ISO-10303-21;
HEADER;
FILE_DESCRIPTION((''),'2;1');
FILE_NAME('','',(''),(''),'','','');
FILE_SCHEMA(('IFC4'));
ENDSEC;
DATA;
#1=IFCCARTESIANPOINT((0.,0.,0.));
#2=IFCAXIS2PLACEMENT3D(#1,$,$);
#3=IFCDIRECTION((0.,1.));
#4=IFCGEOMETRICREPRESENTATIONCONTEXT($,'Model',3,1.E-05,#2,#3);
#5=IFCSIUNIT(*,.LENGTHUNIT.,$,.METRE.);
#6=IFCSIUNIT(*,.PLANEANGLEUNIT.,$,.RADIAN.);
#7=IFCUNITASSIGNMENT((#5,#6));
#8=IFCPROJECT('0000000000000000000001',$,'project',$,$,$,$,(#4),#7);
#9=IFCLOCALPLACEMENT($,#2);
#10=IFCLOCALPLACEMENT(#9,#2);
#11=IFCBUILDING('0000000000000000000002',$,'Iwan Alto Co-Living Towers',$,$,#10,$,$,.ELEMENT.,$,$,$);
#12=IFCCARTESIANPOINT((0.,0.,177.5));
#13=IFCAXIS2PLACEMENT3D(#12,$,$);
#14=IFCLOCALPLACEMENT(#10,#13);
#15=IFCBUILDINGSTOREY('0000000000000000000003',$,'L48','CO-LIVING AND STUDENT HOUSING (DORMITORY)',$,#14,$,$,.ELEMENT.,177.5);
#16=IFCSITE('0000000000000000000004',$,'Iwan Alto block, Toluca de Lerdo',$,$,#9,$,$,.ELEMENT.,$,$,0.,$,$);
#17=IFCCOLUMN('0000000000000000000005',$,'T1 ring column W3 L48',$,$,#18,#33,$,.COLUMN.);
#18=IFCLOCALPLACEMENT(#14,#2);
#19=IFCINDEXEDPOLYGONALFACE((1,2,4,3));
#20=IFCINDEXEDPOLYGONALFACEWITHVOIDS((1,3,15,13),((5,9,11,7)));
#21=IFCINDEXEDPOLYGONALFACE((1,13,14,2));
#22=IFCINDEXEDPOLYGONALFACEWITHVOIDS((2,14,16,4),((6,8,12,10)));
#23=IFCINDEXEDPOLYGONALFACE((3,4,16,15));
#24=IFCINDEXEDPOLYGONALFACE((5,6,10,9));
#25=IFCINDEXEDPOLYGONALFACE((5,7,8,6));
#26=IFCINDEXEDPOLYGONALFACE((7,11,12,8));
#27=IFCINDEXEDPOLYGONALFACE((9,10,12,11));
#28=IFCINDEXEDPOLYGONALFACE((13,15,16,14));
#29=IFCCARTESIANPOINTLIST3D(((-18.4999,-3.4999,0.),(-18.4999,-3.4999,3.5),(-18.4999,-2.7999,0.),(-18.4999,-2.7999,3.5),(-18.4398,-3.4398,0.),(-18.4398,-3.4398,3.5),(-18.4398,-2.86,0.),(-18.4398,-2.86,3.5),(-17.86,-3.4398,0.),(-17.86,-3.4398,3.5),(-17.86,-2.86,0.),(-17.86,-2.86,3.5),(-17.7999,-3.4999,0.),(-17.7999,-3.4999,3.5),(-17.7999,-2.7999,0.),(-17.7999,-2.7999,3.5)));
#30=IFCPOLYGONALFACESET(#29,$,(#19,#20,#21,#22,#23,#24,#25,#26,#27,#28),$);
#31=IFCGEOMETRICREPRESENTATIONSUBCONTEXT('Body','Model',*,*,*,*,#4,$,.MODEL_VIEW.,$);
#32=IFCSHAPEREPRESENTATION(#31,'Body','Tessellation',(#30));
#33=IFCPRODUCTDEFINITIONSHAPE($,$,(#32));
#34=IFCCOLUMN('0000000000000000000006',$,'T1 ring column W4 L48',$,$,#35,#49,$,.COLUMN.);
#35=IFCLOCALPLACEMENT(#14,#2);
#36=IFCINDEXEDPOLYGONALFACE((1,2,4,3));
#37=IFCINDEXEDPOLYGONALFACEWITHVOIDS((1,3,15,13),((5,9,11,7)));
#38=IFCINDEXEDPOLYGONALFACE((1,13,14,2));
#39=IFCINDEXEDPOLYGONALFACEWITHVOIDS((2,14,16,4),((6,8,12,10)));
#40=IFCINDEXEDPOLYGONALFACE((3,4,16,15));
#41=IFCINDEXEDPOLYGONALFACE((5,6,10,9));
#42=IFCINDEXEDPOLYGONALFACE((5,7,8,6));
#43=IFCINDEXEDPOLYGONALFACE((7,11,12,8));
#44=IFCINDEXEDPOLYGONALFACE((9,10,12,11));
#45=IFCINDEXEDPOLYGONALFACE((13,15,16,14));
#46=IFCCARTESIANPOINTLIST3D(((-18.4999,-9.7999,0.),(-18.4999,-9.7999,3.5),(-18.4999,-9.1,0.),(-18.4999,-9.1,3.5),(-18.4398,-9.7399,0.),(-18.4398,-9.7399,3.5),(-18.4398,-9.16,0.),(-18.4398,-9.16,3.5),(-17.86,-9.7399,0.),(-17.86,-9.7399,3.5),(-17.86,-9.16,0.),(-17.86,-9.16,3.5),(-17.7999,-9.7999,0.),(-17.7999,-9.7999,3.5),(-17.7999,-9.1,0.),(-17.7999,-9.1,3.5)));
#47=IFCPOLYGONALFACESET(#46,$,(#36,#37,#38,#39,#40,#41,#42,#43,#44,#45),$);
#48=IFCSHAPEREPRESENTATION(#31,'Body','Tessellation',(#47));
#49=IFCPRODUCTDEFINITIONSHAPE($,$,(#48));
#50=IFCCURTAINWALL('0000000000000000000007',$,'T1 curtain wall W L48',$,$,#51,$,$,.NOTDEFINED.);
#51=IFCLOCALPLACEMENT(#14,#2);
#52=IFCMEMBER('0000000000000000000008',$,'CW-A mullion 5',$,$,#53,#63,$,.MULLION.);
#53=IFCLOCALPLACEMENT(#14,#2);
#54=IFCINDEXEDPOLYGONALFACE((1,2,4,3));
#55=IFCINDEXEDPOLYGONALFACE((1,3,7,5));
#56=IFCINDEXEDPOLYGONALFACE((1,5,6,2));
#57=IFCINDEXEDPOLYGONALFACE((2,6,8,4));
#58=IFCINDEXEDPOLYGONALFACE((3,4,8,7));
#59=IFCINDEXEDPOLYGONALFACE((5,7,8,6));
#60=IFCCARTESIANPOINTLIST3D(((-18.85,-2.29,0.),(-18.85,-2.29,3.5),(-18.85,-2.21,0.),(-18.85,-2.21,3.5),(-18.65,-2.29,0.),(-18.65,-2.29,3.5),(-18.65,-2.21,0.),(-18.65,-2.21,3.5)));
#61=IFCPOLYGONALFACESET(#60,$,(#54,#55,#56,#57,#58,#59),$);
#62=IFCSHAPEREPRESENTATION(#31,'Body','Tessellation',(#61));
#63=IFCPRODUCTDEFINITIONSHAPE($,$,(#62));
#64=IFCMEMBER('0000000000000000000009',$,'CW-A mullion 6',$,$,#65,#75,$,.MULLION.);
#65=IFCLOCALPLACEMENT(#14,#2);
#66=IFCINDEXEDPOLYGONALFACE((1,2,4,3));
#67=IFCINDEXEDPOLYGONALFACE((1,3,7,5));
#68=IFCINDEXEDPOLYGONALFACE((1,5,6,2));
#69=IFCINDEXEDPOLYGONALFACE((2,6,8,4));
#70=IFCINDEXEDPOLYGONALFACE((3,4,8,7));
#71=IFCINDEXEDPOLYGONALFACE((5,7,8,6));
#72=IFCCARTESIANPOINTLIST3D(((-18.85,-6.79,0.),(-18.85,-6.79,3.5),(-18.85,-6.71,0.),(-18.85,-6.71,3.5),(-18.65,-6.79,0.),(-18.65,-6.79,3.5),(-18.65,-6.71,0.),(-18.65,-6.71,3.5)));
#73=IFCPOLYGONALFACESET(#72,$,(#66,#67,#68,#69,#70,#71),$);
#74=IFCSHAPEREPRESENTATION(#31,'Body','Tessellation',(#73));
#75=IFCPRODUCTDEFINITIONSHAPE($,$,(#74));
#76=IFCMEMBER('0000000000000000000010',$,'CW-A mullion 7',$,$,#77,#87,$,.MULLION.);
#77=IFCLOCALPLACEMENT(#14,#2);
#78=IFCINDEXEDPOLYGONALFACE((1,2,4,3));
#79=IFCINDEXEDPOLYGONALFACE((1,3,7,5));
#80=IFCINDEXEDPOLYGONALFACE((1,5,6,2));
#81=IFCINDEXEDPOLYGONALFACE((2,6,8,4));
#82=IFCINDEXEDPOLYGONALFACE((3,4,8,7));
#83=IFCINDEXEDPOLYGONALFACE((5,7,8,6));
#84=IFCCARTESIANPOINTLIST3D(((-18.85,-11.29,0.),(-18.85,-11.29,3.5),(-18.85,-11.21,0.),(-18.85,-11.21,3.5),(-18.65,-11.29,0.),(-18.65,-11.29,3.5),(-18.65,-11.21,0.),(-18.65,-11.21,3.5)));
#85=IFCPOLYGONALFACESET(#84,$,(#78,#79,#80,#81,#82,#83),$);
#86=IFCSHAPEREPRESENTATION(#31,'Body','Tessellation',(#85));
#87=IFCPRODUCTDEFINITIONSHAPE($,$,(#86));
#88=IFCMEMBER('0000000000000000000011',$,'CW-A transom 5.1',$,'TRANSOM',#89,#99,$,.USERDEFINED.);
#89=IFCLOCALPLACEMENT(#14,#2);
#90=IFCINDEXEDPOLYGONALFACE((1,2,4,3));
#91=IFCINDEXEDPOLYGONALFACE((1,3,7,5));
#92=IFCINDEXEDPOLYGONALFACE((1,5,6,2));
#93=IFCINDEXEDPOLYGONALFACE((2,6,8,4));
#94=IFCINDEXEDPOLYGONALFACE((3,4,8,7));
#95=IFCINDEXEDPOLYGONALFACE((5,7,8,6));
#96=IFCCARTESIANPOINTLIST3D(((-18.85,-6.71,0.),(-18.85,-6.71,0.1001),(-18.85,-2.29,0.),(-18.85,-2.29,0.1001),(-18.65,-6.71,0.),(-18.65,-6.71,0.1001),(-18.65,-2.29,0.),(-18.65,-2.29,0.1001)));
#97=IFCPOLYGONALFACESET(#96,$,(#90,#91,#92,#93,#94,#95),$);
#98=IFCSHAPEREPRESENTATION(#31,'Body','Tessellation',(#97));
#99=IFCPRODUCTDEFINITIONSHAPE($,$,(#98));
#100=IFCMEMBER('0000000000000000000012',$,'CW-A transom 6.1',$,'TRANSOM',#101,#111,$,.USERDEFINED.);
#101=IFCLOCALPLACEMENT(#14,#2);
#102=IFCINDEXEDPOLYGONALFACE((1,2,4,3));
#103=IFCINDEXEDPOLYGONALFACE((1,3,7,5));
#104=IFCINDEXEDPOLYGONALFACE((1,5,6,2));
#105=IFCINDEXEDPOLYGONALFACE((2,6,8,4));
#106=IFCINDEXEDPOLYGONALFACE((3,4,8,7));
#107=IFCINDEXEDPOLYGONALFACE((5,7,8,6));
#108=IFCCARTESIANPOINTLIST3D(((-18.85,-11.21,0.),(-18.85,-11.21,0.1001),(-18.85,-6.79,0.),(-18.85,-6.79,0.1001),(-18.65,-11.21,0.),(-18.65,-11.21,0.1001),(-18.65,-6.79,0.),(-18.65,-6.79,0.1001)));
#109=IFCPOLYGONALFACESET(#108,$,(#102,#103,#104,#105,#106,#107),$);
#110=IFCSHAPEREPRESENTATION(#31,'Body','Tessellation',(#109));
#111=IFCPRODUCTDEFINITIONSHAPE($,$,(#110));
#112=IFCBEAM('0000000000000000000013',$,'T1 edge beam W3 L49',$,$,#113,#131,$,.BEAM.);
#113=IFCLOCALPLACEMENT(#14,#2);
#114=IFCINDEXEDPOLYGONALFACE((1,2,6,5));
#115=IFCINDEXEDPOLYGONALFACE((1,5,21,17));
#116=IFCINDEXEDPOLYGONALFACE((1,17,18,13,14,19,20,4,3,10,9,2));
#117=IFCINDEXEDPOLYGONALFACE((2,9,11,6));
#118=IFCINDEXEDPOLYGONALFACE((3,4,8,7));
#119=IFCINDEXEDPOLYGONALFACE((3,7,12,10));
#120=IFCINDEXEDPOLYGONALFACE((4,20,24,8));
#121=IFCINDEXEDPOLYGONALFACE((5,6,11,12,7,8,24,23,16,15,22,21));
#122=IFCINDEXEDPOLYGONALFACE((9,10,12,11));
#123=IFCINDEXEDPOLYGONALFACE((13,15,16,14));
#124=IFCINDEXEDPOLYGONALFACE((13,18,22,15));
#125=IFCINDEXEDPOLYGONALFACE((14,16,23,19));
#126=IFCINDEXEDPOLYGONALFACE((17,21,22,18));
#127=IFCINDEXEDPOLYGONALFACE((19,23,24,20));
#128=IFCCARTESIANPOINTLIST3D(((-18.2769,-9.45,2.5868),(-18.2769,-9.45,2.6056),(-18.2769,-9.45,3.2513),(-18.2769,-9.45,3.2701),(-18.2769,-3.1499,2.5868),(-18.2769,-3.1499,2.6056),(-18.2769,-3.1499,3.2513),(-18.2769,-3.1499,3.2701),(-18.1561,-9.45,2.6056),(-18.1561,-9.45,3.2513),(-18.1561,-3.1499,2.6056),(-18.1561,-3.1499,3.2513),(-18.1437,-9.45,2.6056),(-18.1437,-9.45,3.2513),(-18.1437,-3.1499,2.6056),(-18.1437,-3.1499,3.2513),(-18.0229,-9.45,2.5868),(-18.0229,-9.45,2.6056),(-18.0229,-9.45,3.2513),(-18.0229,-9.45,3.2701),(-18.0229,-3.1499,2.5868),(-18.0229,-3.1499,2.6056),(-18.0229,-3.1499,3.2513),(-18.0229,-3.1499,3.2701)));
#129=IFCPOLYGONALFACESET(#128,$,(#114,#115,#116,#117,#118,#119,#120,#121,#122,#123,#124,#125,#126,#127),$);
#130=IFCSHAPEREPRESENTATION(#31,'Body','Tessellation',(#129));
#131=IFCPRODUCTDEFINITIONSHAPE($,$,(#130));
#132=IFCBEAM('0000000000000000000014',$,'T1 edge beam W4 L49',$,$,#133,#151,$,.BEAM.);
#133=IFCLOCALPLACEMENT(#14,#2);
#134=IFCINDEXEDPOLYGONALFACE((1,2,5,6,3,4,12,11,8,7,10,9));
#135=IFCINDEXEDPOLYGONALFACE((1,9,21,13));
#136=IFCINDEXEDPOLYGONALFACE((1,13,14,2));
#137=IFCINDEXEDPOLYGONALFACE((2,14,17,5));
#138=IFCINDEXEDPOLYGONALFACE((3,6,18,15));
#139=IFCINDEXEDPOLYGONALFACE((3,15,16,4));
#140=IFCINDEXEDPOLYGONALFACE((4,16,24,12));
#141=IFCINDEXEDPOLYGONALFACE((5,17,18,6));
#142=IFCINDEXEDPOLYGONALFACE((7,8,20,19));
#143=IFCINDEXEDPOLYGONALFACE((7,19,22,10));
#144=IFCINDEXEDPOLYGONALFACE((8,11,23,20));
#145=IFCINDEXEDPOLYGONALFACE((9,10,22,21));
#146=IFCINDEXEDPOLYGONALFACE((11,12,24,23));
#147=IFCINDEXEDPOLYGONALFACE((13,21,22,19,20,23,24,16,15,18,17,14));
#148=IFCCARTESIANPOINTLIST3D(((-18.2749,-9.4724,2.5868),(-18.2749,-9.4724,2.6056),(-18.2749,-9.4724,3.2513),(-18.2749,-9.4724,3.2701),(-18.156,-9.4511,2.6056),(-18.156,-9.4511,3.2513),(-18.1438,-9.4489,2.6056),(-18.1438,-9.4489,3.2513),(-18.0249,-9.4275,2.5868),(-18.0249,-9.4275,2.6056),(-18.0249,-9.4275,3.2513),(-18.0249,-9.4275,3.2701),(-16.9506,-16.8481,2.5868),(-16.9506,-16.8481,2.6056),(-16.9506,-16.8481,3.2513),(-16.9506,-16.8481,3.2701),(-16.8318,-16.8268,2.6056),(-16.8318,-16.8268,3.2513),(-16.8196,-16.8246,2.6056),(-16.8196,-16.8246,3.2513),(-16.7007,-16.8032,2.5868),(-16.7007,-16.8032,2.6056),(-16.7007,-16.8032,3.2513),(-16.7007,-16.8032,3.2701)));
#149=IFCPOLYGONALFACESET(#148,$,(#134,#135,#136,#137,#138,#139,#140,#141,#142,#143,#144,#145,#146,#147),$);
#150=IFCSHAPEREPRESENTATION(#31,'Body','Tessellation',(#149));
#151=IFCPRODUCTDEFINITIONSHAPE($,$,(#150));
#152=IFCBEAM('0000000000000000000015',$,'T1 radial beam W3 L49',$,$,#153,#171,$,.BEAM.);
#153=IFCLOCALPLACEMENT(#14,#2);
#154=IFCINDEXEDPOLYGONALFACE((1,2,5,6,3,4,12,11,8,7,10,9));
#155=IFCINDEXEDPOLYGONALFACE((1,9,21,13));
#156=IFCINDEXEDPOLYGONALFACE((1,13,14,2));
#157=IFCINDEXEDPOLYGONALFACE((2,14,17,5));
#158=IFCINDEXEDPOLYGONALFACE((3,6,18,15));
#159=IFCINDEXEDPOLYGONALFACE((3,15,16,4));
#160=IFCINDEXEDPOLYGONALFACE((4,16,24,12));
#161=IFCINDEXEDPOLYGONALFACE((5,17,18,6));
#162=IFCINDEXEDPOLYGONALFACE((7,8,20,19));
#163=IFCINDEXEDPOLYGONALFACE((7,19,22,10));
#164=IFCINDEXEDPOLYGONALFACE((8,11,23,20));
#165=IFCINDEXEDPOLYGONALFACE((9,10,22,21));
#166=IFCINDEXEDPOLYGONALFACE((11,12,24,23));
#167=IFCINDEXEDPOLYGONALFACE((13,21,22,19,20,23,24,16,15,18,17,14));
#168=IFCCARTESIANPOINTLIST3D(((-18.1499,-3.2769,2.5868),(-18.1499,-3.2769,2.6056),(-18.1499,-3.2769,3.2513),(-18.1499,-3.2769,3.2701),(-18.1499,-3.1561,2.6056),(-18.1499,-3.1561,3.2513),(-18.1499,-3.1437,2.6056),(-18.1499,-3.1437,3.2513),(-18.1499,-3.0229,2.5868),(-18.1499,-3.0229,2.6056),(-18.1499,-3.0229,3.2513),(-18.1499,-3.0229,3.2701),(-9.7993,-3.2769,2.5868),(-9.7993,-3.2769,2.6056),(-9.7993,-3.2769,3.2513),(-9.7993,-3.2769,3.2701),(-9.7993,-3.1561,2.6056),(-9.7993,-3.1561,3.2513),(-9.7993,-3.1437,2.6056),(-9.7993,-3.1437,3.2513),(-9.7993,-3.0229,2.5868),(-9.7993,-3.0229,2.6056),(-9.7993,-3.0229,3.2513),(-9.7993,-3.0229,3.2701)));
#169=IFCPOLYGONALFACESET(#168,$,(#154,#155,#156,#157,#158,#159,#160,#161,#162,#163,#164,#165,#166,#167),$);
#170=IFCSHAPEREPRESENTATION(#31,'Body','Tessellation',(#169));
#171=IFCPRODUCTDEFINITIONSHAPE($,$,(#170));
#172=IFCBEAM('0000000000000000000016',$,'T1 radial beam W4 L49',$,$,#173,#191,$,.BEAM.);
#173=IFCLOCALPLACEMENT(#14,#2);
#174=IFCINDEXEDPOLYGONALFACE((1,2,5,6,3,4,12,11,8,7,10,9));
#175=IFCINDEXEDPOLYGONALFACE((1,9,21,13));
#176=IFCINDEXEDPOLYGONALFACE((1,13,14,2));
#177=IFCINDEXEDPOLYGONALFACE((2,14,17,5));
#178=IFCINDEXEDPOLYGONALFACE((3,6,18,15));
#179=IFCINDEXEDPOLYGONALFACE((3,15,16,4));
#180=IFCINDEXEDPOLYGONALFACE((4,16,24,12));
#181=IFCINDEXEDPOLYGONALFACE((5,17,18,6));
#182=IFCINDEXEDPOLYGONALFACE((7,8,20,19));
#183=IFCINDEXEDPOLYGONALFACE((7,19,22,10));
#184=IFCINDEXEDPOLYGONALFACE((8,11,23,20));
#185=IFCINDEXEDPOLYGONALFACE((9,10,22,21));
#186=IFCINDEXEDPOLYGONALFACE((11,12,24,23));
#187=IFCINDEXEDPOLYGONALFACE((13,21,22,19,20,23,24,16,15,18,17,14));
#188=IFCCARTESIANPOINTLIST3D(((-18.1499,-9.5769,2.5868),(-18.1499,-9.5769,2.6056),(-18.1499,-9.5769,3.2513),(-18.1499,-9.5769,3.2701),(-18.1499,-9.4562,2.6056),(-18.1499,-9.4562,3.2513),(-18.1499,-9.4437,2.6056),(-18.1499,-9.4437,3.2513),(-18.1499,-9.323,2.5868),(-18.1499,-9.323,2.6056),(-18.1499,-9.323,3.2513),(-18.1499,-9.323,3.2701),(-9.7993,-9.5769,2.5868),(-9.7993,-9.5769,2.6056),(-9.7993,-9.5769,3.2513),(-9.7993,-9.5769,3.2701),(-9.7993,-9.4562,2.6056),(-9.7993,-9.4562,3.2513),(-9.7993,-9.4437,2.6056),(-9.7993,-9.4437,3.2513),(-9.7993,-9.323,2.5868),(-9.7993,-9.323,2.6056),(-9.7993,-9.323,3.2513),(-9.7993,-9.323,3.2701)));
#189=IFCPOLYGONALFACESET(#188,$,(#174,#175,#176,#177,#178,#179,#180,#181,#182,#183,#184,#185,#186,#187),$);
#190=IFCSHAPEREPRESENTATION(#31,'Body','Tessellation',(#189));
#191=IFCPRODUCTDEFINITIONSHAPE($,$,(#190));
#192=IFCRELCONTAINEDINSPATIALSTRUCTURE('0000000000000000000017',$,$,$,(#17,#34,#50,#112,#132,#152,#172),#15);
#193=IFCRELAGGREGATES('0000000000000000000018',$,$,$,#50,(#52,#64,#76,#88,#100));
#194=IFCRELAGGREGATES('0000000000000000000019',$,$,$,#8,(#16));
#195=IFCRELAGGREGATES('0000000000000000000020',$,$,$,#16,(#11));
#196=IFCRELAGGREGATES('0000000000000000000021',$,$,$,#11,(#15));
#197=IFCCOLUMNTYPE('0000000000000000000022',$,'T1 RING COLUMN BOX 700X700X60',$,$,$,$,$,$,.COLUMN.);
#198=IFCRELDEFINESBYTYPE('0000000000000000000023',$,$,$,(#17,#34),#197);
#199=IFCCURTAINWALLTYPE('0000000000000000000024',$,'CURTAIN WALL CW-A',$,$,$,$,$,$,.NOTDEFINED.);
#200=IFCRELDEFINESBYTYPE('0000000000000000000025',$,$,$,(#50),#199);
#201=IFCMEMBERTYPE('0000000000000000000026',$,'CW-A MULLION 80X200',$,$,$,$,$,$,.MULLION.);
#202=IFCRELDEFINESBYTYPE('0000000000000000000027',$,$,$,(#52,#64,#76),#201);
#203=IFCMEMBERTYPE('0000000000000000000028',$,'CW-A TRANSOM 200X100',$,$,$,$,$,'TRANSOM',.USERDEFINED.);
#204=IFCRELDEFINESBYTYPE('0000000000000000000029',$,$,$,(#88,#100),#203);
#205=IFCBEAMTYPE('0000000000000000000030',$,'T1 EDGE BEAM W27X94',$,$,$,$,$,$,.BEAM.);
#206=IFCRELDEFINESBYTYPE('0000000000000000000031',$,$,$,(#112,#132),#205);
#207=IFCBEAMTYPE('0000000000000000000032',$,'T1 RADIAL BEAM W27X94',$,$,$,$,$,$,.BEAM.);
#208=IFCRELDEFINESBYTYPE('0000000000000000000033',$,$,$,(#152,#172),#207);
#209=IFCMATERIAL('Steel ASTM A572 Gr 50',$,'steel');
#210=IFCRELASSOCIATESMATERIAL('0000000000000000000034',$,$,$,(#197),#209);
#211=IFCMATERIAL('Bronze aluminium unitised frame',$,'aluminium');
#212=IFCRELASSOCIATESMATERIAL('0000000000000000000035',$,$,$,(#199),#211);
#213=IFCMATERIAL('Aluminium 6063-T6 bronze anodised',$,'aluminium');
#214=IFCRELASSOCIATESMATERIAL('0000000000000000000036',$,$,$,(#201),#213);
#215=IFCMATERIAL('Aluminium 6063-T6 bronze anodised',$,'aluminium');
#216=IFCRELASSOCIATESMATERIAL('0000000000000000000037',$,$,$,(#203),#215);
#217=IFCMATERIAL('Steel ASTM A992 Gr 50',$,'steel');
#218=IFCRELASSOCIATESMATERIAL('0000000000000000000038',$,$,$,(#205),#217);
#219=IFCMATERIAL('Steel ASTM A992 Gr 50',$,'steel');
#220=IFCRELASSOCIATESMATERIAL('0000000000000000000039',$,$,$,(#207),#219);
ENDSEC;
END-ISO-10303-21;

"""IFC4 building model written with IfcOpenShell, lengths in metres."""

from ifc_helpers import new_model, si_unit, direction, frame, origin, origin_2d, place, context, subcontext, project, spatial, rectangle, hollow_rectangle, i_section, extrude, material, material_profile, profile_set, type_object, element, aggregate, save


model = new_model("IFC4")

# Units and contexts
model_context = context("Model", 3, precision=1e-05, world=origin(), true_north=direction((0.0, 1.0)))
body_context = subcontext(model_context, "Body", "Model", "MODEL_VIEW")
ifc_project = project(units=[si_unit("LENGTHUNIT", "METRE"), si_unit("PLANEANGLEUNIT", "RADIAN")], contexts=[model_context])

# Site, building, storey
site_placement = place(None, origin())
site = spatial("IfcSite", under=ifc_project, at=site_placement, Name="Iwan Alto block, Toluca de Lerdo", CompositionType="ELEMENT", RefElevation=0.0)
building_placement = place(site_placement, origin())
building = spatial("IfcBuilding", under=site, at=building_placement, Name="Iwan Alto Co-Living Towers", CompositionType="ELEMENT")
storey_placement = place(building_placement, frame((0.0, 0.0, 177.5)))
storey = spatial("IfcBuildingStorey", under=building, at=storey_placement, Name="L48", Description="CO-LIVING AND STUDENT HOUSING (DORMITORY)", CompositionType="ELEMENT", Elevation=177.5)

# Columns
ifc_material_1 = material(Name="Steel ASTM A572 Gr 50", Category="steel")
ifc_material_profile_1 = material_profile(ifc_material_1, hollow_rectangle(XDim=0.7, YDim=0.7, WallThickness=0.0601, at=origin_2d()), Name="BOX 700X700X60")
ifc_profile_set_1 = profile_set([ifc_material_profile_1], Name="Steel ASTM A572 Gr 50")
column_type = type_object("IfcColumnType", Name="T1 RING COLUMN BOX 700X700X60", PredefinedType="COLUMN", material=ifc_profile_set_1)
for number, where, z_axis, x_axis, name in (
    (1, (-18.1499, -3.1499, 0.0), (0.0, 0.0, 1.0), (1.0, 0.0, 0.0), "T1 ring column W3 L48"),
    (2, (-18.1499, -9.45, 0.0), (0.0, 0.0, 1.0), (1.0, 0.0, 0.0), "T1 ring column W4 L48"),
):
    element("IfcColumn", number, at=place(storey_placement, frame(where, z_axis=z_axis, x_axis=x_axis)), inside=storey, type_object=column_type, Name=name, PredefinedType="COLUMN", context=body_context, shape_type="SweptSolid", body=[
        extrude(hollow_rectangle(XDim=0.7, YDim=0.7, WallThickness=0.0601, at=origin_2d()), origin(), (0.0, 0.0, 1.0), 3.5),
    ])

# Curtain wall, members
ifc_material_2 = material(Name="Bronze aluminium unitised frame", Category="aluminium")
curtain_wall_type = type_object("IfcCurtainWallType", Name="CURTAIN WALL CW-A", PredefinedType="NOTDEFINED", material=ifc_material_2)
curtain_wall_placement = place(storey_placement, origin())
curtain_wall = element("IfcCurtainWall", 3, at=curtain_wall_placement, inside=storey, type_object=curtain_wall_type, Name="T1 curtain wall W L48", PredefinedType="NOTDEFINED")
ifc_material_3 = material(Name="Aluminium 6063-T6 bronze anodised", Category="aluminium")
ifc_material_profile_2 = material_profile(ifc_material_3, rectangle(XDim=0.2, YDim=0.0801, at=origin_2d()), Name="AL 80X200")
ifc_profile_set_2 = profile_set([ifc_material_profile_2], Name="Aluminium 6063-T6 bronze anodised")
member_type_1 = type_object("IfcMemberType", Name="CW-A MULLION 80X200", PredefinedType="MULLION", material=ifc_profile_set_2)
member_1_placement = place(storey_placement, frame((-18.75, -2.25, 0.0), z_axis=(0.0, 0.0, 1.0), x_axis=(1.0, 0.0, 0.0)))
member_1 = element("IfcMember", 4, at=member_1_placement, type_object=member_type_1, Name="CW-A mullion 5", PredefinedType="MULLION", context=body_context, shape_type="SweptSolid", body=[
    extrude(rectangle(XDim=0.2, YDim=0.0801, at=origin_2d()), origin(), (0.0, 0.0, 1.0), 3.5),
])
member_2_placement = place(storey_placement, frame((-18.75, -6.75, 0.0), z_axis=(0.0, 0.0, 1.0), x_axis=(1.0, 0.0, 0.0)))
member_2 = element("IfcMember", 5, at=member_2_placement, type_object=member_type_1, Name="CW-A mullion 6", PredefinedType="MULLION", context=body_context, shape_type="SweptSolid", body=[
    extrude(rectangle(XDim=0.2, YDim=0.0801, at=origin_2d()), origin(), (0.0, 0.0, 1.0), 3.5),
])
member_3_placement = place(storey_placement, frame((-18.75, -11.25, 0.0), z_axis=(0.0, 0.0, 1.0), x_axis=(1.0, 0.0, 0.0)))
member_3 = element("IfcMember", 6, at=member_3_placement, type_object=member_type_1, Name="CW-A mullion 7", PredefinedType="MULLION", context=body_context, shape_type="SweptSolid", body=[
    extrude(rectangle(XDim=0.2, YDim=0.0801, at=origin_2d()), origin(), (0.0, 0.0, 1.0), 3.5),
])
ifc_material_4 = material(Name="Aluminium 6063-T6 bronze anodised", Category="aluminium")
ifc_material_profile_3 = material_profile(ifc_material_4, rectangle(XDim=0.2, YDim=0.1001, at=origin_2d()), Name="AL 200X100")
ifc_profile_set_3 = profile_set([ifc_material_profile_3], Name="Aluminium 6063-T6 bronze anodised")
member_type_2 = type_object("IfcMemberType", Name="CW-A TRANSOM 200X100", ElementType="TRANSOM", PredefinedType="USERDEFINED", material=ifc_profile_set_3)
member_4_placement = place(storey_placement, frame((-18.75, -2.29, 0.05), z_axis=(0.0, -1.0, 0.0), x_axis=(1.0, 0.0, 0.0)))
member_4 = element("IfcMember", 7, at=member_4_placement, type_object=member_type_2, Name="CW-A transom 5.1", ObjectType="TRANSOM", PredefinedType="USERDEFINED", context=body_context, shape_type="SweptSolid", body=[
    extrude(rectangle(XDim=0.2, YDim=0.1001, at=origin_2d()), origin(), (0.0, 0.0, 1.0), 4.4199),
])
member_5_placement = place(storey_placement, frame((-18.75, -6.79, 0.05), z_axis=(0.0, -1.0, 0.0), x_axis=(1.0, 0.0, 0.0)))
member_5 = element("IfcMember", 8, at=member_5_placement, type_object=member_type_2, Name="CW-A transom 6.1", ObjectType="TRANSOM", PredefinedType="USERDEFINED", context=body_context, shape_type="SweptSolid", body=[
    extrude(rectangle(XDim=0.2, YDim=0.1001, at=origin_2d()), origin(), (0.0, 0.0, 1.0), 4.4199),
])

# Beams
ifc_material_5 = material(Name="Steel ASTM A992 Gr 50", Category="steel")
ifc_material_profile_4 = material_profile(ifc_material_5, i_section(OverallWidth=0.2539, OverallDepth=0.6833, WebThickness=0.0125, FlangeThickness=0.0188, at=origin_2d()), Name="W27X94")
ifc_profile_set_4 = profile_set([ifc_material_profile_4], Name="Steel ASTM A992 Gr 50")
beam_type_1 = type_object("IfcBeamType", Name="T1 EDGE BEAM W27X94", PredefinedType="BEAM", material=ifc_profile_set_4)
beam_1_placement = place(storey_placement, frame((-18.1499, -3.1499, 2.9285), z_axis=(0.0, -1.0, 0.0), x_axis=(1.0, 0.0, 0.0)))
element("IfcBeam", 9, at=beam_1_placement, inside=storey, type_object=beam_type_1, Name="T1 edge beam W3 L49", PredefinedType="BEAM", context=body_context, shape_type="SweptSolid", body=[
    extrude(i_section(OverallWidth=0.2539, OverallDepth=0.6833, WebThickness=0.0125, FlangeThickness=0.0188, at=origin_2d()), origin(), (0.0, 0.0, 1.0), 6.3),
])
beam_2_placement = place(storey_placement, frame((-18.1499, -9.45, 2.9285), z_axis=(0.176712, -0.984263, 0.0), x_axis=(0.984263, 0.176712, 0.0)))
element("IfcBeam", 10, at=beam_2_placement, inside=storey, type_object=beam_type_1, Name="T1 edge beam W4 L49", PredefinedType="BEAM", context=body_context, shape_type="SweptSolid", body=[
    extrude(i_section(OverallWidth=0.2539, OverallDepth=0.6833, WebThickness=0.0125, FlangeThickness=0.0188, at=origin_2d()), origin(), (0.0, 0.0, 1.0), 7.4937),
])
ifc_material_6 = material(Name="Steel ASTM A992 Gr 50", Category="steel")
ifc_material_profile_5 = material_profile(ifc_material_6, i_section(OverallWidth=0.2539, OverallDepth=0.6833, WebThickness=0.0125, FlangeThickness=0.0188, at=origin_2d()), Name="W27X94")
ifc_profile_set_5 = profile_set([ifc_material_profile_5], Name="Steel ASTM A992 Gr 50")
beam_type_2 = type_object("IfcBeamType", Name="T1 RADIAL BEAM W27X94", PredefinedType="BEAM", material=ifc_profile_set_5)
for number, where, z_axis, x_axis, name in (
    (11, (-18.1499, -3.1499, 2.9285), (1.0, 0.0, 0.0), (0.0, 1.0, 0.0), "T1 radial beam W3 L49"),
    (12, (-18.1499, -9.45, 2.9285), (1.0, 0.0, 0.0), (0.0, 1.0, 0.0), "T1 radial beam W4 L49"),
):
    element("IfcBeam", number, at=place(storey_placement, frame(where, z_axis=z_axis, x_axis=x_axis)), inside=storey, type_object=beam_type_2, Name=name, PredefinedType="BEAM", context=body_context, shape_type="SweptSolid", body=[
        extrude(i_section(OverallWidth=0.2539, OverallDepth=0.6833, WebThickness=0.0125, FlangeThickness=0.0188, at=origin_2d()), origin(), (0.0, 0.0, 1.0), 8.3506),
    ])

aggregate(curtain_wall, [member_1, member_2, member_3, member_4, member_5])

save(model, "model.ifc")
